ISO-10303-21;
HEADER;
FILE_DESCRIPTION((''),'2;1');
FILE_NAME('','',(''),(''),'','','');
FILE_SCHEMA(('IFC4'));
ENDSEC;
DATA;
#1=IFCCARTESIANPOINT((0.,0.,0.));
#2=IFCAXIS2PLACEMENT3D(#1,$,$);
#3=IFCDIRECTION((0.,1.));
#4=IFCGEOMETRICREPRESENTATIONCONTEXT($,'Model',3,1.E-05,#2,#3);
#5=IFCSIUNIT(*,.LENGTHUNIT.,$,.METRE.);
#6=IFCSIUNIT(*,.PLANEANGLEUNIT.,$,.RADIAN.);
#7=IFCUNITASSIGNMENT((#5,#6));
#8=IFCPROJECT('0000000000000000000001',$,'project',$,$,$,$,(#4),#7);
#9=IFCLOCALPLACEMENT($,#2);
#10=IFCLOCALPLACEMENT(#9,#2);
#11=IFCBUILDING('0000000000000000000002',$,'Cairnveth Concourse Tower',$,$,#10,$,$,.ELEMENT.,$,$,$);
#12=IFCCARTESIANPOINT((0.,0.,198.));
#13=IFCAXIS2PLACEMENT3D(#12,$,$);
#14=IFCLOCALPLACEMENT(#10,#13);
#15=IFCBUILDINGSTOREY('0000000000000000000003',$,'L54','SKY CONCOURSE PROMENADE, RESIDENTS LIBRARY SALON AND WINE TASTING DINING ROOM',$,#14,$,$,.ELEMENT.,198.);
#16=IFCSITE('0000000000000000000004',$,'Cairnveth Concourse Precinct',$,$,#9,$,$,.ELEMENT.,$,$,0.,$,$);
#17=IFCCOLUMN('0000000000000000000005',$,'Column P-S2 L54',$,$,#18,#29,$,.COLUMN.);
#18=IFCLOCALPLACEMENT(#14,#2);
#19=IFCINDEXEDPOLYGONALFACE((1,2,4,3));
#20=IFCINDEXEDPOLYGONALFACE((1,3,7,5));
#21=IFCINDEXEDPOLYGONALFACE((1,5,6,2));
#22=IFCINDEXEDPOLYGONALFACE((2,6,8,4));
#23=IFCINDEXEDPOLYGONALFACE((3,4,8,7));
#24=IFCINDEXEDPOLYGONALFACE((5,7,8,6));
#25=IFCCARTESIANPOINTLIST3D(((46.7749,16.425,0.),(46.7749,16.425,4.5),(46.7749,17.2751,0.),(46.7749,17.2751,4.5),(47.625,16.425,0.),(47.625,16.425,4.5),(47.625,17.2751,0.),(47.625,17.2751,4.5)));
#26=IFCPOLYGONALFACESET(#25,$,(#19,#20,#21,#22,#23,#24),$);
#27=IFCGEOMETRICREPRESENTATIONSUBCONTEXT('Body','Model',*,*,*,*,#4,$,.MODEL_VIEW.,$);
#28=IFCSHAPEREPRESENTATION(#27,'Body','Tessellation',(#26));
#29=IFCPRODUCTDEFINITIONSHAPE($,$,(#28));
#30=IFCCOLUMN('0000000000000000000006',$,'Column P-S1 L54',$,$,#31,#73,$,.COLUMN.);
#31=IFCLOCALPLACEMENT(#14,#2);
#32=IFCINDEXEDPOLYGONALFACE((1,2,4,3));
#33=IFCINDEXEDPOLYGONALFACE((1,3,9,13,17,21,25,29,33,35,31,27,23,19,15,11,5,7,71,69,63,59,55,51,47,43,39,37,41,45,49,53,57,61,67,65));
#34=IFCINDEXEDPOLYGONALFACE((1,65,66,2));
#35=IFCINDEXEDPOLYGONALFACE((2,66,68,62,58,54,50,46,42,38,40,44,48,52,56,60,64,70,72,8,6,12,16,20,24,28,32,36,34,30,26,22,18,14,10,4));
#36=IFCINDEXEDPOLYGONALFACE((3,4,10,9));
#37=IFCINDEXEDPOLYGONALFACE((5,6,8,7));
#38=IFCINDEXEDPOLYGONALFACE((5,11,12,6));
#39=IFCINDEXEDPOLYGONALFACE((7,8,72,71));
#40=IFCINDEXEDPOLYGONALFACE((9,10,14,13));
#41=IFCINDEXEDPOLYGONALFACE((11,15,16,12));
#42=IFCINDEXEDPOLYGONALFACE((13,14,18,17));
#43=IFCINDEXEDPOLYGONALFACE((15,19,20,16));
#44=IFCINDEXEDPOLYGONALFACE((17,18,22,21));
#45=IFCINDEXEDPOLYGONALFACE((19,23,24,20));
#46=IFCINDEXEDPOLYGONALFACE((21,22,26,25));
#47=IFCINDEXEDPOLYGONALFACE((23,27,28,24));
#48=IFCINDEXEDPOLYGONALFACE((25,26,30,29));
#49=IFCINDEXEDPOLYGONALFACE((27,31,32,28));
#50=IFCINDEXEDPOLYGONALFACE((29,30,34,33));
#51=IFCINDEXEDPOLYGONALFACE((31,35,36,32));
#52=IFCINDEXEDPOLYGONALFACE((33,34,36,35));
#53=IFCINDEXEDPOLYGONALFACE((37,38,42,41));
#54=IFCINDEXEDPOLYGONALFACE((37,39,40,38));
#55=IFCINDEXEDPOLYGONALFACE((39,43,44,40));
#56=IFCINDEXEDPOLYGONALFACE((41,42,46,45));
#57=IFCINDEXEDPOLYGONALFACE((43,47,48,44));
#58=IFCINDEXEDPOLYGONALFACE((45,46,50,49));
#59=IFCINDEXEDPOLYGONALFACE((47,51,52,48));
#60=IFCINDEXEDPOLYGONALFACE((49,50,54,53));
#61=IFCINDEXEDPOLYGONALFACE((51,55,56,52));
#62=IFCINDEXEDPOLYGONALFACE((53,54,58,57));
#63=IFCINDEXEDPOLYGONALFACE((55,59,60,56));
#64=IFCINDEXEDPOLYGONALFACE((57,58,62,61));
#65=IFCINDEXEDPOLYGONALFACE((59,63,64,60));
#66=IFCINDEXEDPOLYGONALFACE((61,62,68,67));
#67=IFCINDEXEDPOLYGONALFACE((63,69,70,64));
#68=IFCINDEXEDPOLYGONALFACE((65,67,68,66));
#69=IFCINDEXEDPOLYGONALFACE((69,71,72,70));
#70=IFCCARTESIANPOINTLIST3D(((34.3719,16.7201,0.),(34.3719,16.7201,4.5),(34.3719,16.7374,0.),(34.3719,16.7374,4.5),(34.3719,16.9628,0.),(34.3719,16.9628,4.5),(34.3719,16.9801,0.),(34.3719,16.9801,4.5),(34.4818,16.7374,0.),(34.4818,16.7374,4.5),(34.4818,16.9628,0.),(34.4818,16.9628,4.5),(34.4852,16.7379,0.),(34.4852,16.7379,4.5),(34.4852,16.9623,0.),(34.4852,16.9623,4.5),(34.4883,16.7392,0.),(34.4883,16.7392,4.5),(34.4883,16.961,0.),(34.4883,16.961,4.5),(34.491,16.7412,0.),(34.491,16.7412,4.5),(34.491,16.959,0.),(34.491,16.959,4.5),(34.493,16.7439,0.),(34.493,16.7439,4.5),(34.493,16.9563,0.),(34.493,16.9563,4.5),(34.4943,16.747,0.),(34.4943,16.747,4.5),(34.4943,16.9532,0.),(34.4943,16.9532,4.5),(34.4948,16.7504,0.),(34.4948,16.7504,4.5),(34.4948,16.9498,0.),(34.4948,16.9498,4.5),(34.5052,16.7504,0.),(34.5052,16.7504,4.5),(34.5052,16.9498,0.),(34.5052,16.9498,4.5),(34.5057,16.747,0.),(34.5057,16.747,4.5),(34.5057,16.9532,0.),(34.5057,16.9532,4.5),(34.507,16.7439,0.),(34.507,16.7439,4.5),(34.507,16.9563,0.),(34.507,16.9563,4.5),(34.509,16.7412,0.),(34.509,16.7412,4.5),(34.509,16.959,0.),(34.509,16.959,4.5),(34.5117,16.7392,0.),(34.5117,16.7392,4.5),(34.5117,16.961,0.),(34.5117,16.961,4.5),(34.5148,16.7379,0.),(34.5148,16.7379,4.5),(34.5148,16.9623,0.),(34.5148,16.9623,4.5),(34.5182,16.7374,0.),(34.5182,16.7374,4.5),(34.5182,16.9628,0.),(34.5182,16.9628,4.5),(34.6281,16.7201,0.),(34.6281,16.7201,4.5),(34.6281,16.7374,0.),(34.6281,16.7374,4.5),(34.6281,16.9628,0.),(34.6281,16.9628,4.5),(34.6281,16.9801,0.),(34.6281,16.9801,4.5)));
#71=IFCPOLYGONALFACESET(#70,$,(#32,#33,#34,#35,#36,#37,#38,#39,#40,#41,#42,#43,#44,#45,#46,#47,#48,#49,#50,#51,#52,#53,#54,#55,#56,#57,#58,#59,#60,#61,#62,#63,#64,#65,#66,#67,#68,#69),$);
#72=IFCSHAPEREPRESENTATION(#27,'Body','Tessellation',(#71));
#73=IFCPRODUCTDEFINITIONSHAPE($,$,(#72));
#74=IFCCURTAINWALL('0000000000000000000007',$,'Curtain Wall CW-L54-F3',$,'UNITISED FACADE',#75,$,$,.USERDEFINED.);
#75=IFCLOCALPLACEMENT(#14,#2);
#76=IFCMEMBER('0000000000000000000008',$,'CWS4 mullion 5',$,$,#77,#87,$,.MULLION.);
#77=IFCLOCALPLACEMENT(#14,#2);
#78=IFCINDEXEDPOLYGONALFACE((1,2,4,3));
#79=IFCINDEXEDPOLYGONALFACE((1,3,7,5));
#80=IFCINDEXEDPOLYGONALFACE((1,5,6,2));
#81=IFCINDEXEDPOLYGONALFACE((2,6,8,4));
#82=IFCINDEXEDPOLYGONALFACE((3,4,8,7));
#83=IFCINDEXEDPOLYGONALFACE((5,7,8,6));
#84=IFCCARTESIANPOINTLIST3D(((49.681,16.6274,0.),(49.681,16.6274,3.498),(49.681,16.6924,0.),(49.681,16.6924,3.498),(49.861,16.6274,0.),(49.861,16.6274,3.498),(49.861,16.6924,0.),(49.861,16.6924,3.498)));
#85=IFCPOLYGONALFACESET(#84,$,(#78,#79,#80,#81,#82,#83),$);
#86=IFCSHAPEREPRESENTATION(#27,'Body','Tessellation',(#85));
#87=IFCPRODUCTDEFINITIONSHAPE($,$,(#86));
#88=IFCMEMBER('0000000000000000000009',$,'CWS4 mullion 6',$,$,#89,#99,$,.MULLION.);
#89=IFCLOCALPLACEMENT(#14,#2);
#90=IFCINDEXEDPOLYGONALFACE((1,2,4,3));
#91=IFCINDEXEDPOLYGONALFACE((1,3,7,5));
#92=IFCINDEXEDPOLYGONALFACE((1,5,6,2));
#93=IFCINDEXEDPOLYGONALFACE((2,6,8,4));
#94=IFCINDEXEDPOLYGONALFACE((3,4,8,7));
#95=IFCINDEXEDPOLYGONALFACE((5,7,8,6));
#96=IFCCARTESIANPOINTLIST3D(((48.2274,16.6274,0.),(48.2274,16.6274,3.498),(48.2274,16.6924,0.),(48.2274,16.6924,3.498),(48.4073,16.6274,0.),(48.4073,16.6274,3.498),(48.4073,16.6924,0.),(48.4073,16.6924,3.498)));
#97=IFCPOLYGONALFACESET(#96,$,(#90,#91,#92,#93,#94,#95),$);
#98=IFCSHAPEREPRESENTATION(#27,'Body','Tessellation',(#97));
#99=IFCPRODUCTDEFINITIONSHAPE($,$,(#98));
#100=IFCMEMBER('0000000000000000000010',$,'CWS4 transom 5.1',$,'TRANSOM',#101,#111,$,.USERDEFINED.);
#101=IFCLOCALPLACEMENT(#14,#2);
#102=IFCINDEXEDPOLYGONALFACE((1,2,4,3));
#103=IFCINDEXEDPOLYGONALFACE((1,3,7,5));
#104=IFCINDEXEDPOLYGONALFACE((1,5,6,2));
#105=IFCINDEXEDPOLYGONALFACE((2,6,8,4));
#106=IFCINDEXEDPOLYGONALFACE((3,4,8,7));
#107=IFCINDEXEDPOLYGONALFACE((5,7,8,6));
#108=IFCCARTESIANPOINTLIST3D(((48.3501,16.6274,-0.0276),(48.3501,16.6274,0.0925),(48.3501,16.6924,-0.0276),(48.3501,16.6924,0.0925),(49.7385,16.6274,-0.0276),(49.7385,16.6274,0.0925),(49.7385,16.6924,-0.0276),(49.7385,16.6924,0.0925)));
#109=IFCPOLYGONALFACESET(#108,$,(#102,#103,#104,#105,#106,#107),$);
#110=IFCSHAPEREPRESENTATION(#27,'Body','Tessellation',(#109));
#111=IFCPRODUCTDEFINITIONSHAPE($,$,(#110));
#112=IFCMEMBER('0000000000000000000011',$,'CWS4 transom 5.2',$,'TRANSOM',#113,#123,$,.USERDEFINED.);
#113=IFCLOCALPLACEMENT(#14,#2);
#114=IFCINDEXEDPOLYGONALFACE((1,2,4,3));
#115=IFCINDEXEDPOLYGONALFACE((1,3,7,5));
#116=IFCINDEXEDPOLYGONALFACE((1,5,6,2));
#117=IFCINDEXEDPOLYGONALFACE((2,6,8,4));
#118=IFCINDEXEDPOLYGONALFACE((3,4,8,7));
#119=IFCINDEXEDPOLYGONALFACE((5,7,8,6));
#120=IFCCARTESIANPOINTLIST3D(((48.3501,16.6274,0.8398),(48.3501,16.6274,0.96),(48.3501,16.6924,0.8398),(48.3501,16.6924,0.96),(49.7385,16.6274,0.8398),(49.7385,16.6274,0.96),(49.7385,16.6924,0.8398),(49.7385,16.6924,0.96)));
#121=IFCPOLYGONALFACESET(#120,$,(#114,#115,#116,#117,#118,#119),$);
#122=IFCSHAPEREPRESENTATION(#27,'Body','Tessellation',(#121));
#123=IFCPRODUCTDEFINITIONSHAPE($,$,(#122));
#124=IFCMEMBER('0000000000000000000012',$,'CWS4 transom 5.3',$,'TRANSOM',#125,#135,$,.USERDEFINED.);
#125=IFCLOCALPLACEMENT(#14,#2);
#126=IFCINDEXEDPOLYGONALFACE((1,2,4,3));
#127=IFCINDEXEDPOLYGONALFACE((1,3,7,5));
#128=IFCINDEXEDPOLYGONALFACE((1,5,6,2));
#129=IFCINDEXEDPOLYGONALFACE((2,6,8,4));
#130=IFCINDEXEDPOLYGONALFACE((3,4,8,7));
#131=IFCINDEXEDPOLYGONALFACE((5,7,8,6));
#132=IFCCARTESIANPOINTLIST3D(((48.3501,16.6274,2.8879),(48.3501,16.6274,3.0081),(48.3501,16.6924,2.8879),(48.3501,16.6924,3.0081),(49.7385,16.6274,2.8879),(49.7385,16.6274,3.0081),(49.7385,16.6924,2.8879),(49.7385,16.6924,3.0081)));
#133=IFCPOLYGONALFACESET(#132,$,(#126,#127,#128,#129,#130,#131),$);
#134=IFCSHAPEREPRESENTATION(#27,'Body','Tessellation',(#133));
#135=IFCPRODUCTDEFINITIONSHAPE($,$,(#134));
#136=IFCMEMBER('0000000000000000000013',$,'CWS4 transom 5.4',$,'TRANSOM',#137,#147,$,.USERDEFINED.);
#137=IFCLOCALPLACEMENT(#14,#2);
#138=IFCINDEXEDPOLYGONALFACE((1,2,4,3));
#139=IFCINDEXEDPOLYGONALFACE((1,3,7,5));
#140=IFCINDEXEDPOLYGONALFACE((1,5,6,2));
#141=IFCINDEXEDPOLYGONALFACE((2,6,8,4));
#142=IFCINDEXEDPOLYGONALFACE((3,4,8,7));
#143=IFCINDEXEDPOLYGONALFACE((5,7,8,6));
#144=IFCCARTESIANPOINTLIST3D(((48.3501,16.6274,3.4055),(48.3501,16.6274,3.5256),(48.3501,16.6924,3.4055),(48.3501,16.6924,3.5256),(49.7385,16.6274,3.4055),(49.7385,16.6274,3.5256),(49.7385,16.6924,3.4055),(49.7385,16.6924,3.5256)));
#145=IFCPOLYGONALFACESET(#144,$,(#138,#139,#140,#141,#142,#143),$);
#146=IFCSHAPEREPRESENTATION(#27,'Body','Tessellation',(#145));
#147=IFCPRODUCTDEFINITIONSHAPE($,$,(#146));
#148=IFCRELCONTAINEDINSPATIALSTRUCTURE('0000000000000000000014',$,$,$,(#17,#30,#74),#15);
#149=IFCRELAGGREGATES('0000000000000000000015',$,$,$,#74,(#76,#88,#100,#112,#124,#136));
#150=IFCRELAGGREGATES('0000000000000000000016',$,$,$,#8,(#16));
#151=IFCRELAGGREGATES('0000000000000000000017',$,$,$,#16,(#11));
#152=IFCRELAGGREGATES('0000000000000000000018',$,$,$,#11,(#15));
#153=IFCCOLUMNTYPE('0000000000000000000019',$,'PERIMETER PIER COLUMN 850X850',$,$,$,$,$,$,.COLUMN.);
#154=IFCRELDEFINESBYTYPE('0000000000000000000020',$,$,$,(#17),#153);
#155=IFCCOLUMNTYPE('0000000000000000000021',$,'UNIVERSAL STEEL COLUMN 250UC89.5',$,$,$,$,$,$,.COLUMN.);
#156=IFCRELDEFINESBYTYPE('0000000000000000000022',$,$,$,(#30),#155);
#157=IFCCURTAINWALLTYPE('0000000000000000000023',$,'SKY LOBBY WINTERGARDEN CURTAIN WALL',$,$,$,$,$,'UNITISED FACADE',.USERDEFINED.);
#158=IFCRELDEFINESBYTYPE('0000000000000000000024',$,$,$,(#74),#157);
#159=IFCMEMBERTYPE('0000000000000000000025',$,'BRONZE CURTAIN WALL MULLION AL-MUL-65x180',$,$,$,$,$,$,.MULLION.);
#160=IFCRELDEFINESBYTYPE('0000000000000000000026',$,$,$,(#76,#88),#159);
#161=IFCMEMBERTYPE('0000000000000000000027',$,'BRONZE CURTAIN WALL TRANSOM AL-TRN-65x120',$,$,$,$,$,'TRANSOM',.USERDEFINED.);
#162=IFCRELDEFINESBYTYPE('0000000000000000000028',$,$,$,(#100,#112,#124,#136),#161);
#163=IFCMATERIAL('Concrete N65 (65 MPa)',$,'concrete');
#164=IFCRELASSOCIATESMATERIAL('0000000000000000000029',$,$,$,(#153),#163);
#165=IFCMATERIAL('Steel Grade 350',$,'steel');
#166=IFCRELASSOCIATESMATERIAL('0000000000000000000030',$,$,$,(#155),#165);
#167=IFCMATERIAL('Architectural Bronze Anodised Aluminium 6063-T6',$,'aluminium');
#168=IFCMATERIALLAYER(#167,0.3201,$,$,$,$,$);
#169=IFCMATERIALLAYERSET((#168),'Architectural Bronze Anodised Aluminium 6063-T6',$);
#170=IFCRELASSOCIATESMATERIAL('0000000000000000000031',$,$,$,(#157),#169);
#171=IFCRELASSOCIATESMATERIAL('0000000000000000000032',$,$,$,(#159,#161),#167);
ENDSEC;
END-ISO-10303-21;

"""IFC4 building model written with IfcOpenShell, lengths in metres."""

from ifc_helpers import new_model, si_unit, direction, frame, origin, origin_2d, place, context, subcontext, project, spatial, rectangle, i_section, extrude, material, layer, layer_set, material_profile, profile_set, type_object, element, aggregate, save


model = new_model("IFC4")

# Units and contexts
model_context = context("Model", 3, precision=1e-05, world=origin(), true_north=direction((0.0, 1.0)))
body_context = subcontext(model_context, "Body", "Model", "MODEL_VIEW")
ifc_project = project(units=[si_unit("LENGTHUNIT", "METRE"), si_unit("PLANEANGLEUNIT", "RADIAN")], contexts=[model_context])

# Site, building, storey
site_placement = place(None, origin())
site = spatial("IfcSite", under=ifc_project, at=site_placement, Name="Cairnveth Concourse Precinct", CompositionType="ELEMENT", RefElevation=0.0)
building_placement = place(site_placement, origin())
building = spatial("IfcBuilding", under=site, at=building_placement, Name="Cairnveth Concourse Tower", CompositionType="ELEMENT")
storey_placement = place(building_placement, frame((0.0, 0.0, 198.0)))
storey = spatial("IfcBuildingStorey", under=building, at=storey_placement, Name="L54", Description="SKY CONCOURSE PROMENADE, RESIDENTS LIBRARY SALON AND WINE TASTING DINING ROOM", CompositionType="ELEMENT", Elevation=198.0)

# Columns
ifc_material_1 = material(Name="Concrete N65 (65 MPa)", Category="concrete")
ifc_material_profile_1 = material_profile(ifc_material_1, rectangle(XDim=0.8501, YDim=0.8501, at=origin_2d()), Name="RC-COL-850x850")
ifc_profile_set_1 = profile_set([ifc_material_profile_1], Name="Concrete N65 (65 MPa)")
column_type_1 = type_object("IfcColumnType", Name="PERIMETER PIER COLUMN 850X850", PredefinedType="COLUMN", material=ifc_profile_set_1)
column_1_placement = place(storey_placement, frame((47.2, 16.8501, 0.0), z_axis=(0.0, 0.0, 1.0), x_axis=(1.0, 0.0, 0.0)))
element("IfcColumn", 1, at=column_1_placement, inside=storey, type_object=column_type_1, Name="Column P-S2 L54", PredefinedType="COLUMN", context=body_context, shape_type="SweptSolid", body=[
    extrude(rectangle(XDim=0.8501, YDim=0.8501, at=origin_2d()), origin(), (0.0, 0.0, 1.0), 4.5),
])
ifc_material_2 = material(Name="Steel Grade 350", Category="steel")
ifc_material_profile_2 = material_profile(ifc_material_2, i_section(OverallWidth=0.2561, OverallDepth=0.26, WebThickness=0.0105, FlangeThickness=0.0173, FilletRadius=0.0129, at=origin_2d()), Name="250UC89.5")
ifc_profile_set_2 = profile_set([ifc_material_profile_2], Name="Steel Grade 350")
column_type_2 = type_object("IfcColumnType", Name="UNIVERSAL STEEL COLUMN 250UC89.5", PredefinedType="COLUMN", material=ifc_profile_set_2)
column_2_placement = place(storey_placement, frame((34.5, 16.8501, 0.0), z_axis=(0.0, 0.0, 1.0), x_axis=(1.0, 0.0, 0.0)))
element("IfcColumn", 2, at=column_2_placement, inside=storey, type_object=column_type_2, Name="Column P-S1 L54", PredefinedType="COLUMN", context=body_context, shape_type="SweptSolid", body=[
    extrude(i_section(OverallWidth=0.2561, OverallDepth=0.26, WebThickness=0.0105, FlangeThickness=0.0173, FilletRadius=0.0129, at=origin_2d()), origin(), (0.0, 0.0, 1.0), 4.5),
])

# Curtain wall, members
ifc_material_3 = material(Name="Architectural Bronze Anodised Aluminium 6063-T6", Category="aluminium")
ifc_layer_1 = layer(ifc_material_3, 0.3201)
ifc_layer_set_1 = layer_set([ifc_layer_1], Name="Architectural Bronze Anodised Aluminium 6063-T6")
curtain_wall_type = type_object("IfcCurtainWallType", Name="SKY LOBBY WINTERGARDEN CURTAIN WALL", ElementType="UNITISED FACADE", PredefinedType="USERDEFINED", material=ifc_layer_set_1)
curtain_wall_placement = place(storey_placement, origin())
curtain_wall = element("IfcCurtainWall", 3, at=curtain_wall_placement, inside=storey, type_object=curtain_wall_type, Name="Curtain Wall CW-L54-F3", ObjectType="UNITISED FACADE", PredefinedType="USERDEFINED")
ifc_material_profile_3 = material_profile(ifc_material_3, rectangle(XDim=0.0649, YDim=0.1799, at=origin_2d()), Name="AL-MUL-65x180")
ifc_profile_set_3 = profile_set([ifc_material_profile_3], Name="Architectural Bronze Anodised Aluminium 6063-T6")
member_type_1 = type_object("IfcMemberType", Name="BRONZE CURTAIN WALL MULLION AL-MUL-65x180", PredefinedType="MULLION", material=ifc_profile_set_3)
member_1_placement = place(storey_placement, frame((49.771, 16.6599, 0.0), z_axis=(0.0, 0.0, 1.0), x_axis=(0.0, -1.0, 0.0)))
member_1 = element("IfcMember", 4, at=member_1_placement, type_object=member_type_1, Name="CWS4 mullion 5", PredefinedType="MULLION", context=body_context, shape_type="SweptSolid", body=[
    extrude(rectangle(XDim=0.0649, YDim=0.1799, at=origin_2d()), origin(), (0.0, 0.0, 1.0), 3.498),
])
member_2_placement = place(storey_placement, frame((48.3174, 16.6599, 0.0), z_axis=(0.0, 0.0, 1.0), x_axis=(0.0, -1.0, 0.0)))
member_2 = element("IfcMember", 5, at=member_2_placement, type_object=member_type_1, Name="CWS4 mullion 6", PredefinedType="MULLION", context=body_context, shape_type="SweptSolid", body=[
    extrude(rectangle(XDim=0.0649, YDim=0.1799, at=origin_2d()), origin(), (0.0, 0.0, 1.0), 3.498),
])
ifc_material_profile_4 = material_profile(ifc_material_3, rectangle(XDim=0.0649, YDim=0.1201, at=origin_2d()), Name="AL-TRN-65x120")
ifc_profile_set_4 = profile_set([ifc_material_profile_4], Name="Architectural Bronze Anodised Aluminium 6063-T6")
member_type_2 = type_object("IfcMemberType", Name="BRONZE CURTAIN WALL TRANSOM AL-TRN-65x120", ElementType="TRANSOM", PredefinedType="USERDEFINED", material=ifc_profile_set_4)
member_3_placement = place(storey_placement, frame((49.7385, 16.6599, 0.0325), z_axis=(-1.0, 0.0, 0.0), x_axis=(0.0, -1.0, 0.0)))
member_3 = element("IfcMember", 6, at=member_3_placement, type_object=member_type_2, Name="CWS4 transom 5.1", ObjectType="TRANSOM", PredefinedType="USERDEFINED", context=body_context, shape_type="SweptSolid", body=[
    extrude(rectangle(XDim=0.0649, YDim=0.1201, at=origin_2d()), origin(), (0.0, 0.0, 1.0), 1.3884),
])
member_4_placement = place(storey_placement, frame((49.7385, 16.6599, 0.8999), z_axis=(-1.0, 0.0, 0.0), x_axis=(0.0, -1.0, 0.0)))
member_4 = element("IfcMember", 7, at=member_4_placement, type_object=member_type_2, Name="CWS4 transom 5.2", ObjectType="TRANSOM", PredefinedType="USERDEFINED", context=body_context, shape_type="SweptSolid", body=[
    extrude(rectangle(XDim=0.0649, YDim=0.1201, at=origin_2d()), origin(), (0.0, 0.0, 1.0), 1.3884),
])
member_5_placement = place(storey_placement, frame((49.7385, 16.6599, 2.948), z_axis=(-1.0, 0.0, 0.0), x_axis=(0.0, -1.0, 0.0)))
member_5 = element("IfcMember", 8, at=member_5_placement, type_object=member_type_2, Name="CWS4 transom 5.3", ObjectType="TRANSOM", PredefinedType="USERDEFINED", context=body_context, shape_type="SweptSolid", body=[
    extrude(rectangle(XDim=0.0649, YDim=0.1201, at=origin_2d()), origin(), (0.0, 0.0, 1.0), 1.3884),
])
member_6_placement = place(storey_placement, frame((49.7385, 16.6599, 3.4656), z_axis=(-1.0, 0.0, 0.0), x_axis=(0.0, -1.0, 0.0)))
member_6 = element("IfcMember", 9, at=member_6_placement, type_object=member_type_2, Name="CWS4 transom 5.4", ObjectType="TRANSOM", PredefinedType="USERDEFINED", context=body_context, shape_type="SweptSolid", body=[
    extrude(rectangle(XDim=0.0649, YDim=0.1201, at=origin_2d()), origin(), (0.0, 0.0, 1.0), 1.3884),
])

aggregate(curtain_wall, [member_1, member_2, member_3, member_4, member_5, member_6])

save(model, "model.ifc")
